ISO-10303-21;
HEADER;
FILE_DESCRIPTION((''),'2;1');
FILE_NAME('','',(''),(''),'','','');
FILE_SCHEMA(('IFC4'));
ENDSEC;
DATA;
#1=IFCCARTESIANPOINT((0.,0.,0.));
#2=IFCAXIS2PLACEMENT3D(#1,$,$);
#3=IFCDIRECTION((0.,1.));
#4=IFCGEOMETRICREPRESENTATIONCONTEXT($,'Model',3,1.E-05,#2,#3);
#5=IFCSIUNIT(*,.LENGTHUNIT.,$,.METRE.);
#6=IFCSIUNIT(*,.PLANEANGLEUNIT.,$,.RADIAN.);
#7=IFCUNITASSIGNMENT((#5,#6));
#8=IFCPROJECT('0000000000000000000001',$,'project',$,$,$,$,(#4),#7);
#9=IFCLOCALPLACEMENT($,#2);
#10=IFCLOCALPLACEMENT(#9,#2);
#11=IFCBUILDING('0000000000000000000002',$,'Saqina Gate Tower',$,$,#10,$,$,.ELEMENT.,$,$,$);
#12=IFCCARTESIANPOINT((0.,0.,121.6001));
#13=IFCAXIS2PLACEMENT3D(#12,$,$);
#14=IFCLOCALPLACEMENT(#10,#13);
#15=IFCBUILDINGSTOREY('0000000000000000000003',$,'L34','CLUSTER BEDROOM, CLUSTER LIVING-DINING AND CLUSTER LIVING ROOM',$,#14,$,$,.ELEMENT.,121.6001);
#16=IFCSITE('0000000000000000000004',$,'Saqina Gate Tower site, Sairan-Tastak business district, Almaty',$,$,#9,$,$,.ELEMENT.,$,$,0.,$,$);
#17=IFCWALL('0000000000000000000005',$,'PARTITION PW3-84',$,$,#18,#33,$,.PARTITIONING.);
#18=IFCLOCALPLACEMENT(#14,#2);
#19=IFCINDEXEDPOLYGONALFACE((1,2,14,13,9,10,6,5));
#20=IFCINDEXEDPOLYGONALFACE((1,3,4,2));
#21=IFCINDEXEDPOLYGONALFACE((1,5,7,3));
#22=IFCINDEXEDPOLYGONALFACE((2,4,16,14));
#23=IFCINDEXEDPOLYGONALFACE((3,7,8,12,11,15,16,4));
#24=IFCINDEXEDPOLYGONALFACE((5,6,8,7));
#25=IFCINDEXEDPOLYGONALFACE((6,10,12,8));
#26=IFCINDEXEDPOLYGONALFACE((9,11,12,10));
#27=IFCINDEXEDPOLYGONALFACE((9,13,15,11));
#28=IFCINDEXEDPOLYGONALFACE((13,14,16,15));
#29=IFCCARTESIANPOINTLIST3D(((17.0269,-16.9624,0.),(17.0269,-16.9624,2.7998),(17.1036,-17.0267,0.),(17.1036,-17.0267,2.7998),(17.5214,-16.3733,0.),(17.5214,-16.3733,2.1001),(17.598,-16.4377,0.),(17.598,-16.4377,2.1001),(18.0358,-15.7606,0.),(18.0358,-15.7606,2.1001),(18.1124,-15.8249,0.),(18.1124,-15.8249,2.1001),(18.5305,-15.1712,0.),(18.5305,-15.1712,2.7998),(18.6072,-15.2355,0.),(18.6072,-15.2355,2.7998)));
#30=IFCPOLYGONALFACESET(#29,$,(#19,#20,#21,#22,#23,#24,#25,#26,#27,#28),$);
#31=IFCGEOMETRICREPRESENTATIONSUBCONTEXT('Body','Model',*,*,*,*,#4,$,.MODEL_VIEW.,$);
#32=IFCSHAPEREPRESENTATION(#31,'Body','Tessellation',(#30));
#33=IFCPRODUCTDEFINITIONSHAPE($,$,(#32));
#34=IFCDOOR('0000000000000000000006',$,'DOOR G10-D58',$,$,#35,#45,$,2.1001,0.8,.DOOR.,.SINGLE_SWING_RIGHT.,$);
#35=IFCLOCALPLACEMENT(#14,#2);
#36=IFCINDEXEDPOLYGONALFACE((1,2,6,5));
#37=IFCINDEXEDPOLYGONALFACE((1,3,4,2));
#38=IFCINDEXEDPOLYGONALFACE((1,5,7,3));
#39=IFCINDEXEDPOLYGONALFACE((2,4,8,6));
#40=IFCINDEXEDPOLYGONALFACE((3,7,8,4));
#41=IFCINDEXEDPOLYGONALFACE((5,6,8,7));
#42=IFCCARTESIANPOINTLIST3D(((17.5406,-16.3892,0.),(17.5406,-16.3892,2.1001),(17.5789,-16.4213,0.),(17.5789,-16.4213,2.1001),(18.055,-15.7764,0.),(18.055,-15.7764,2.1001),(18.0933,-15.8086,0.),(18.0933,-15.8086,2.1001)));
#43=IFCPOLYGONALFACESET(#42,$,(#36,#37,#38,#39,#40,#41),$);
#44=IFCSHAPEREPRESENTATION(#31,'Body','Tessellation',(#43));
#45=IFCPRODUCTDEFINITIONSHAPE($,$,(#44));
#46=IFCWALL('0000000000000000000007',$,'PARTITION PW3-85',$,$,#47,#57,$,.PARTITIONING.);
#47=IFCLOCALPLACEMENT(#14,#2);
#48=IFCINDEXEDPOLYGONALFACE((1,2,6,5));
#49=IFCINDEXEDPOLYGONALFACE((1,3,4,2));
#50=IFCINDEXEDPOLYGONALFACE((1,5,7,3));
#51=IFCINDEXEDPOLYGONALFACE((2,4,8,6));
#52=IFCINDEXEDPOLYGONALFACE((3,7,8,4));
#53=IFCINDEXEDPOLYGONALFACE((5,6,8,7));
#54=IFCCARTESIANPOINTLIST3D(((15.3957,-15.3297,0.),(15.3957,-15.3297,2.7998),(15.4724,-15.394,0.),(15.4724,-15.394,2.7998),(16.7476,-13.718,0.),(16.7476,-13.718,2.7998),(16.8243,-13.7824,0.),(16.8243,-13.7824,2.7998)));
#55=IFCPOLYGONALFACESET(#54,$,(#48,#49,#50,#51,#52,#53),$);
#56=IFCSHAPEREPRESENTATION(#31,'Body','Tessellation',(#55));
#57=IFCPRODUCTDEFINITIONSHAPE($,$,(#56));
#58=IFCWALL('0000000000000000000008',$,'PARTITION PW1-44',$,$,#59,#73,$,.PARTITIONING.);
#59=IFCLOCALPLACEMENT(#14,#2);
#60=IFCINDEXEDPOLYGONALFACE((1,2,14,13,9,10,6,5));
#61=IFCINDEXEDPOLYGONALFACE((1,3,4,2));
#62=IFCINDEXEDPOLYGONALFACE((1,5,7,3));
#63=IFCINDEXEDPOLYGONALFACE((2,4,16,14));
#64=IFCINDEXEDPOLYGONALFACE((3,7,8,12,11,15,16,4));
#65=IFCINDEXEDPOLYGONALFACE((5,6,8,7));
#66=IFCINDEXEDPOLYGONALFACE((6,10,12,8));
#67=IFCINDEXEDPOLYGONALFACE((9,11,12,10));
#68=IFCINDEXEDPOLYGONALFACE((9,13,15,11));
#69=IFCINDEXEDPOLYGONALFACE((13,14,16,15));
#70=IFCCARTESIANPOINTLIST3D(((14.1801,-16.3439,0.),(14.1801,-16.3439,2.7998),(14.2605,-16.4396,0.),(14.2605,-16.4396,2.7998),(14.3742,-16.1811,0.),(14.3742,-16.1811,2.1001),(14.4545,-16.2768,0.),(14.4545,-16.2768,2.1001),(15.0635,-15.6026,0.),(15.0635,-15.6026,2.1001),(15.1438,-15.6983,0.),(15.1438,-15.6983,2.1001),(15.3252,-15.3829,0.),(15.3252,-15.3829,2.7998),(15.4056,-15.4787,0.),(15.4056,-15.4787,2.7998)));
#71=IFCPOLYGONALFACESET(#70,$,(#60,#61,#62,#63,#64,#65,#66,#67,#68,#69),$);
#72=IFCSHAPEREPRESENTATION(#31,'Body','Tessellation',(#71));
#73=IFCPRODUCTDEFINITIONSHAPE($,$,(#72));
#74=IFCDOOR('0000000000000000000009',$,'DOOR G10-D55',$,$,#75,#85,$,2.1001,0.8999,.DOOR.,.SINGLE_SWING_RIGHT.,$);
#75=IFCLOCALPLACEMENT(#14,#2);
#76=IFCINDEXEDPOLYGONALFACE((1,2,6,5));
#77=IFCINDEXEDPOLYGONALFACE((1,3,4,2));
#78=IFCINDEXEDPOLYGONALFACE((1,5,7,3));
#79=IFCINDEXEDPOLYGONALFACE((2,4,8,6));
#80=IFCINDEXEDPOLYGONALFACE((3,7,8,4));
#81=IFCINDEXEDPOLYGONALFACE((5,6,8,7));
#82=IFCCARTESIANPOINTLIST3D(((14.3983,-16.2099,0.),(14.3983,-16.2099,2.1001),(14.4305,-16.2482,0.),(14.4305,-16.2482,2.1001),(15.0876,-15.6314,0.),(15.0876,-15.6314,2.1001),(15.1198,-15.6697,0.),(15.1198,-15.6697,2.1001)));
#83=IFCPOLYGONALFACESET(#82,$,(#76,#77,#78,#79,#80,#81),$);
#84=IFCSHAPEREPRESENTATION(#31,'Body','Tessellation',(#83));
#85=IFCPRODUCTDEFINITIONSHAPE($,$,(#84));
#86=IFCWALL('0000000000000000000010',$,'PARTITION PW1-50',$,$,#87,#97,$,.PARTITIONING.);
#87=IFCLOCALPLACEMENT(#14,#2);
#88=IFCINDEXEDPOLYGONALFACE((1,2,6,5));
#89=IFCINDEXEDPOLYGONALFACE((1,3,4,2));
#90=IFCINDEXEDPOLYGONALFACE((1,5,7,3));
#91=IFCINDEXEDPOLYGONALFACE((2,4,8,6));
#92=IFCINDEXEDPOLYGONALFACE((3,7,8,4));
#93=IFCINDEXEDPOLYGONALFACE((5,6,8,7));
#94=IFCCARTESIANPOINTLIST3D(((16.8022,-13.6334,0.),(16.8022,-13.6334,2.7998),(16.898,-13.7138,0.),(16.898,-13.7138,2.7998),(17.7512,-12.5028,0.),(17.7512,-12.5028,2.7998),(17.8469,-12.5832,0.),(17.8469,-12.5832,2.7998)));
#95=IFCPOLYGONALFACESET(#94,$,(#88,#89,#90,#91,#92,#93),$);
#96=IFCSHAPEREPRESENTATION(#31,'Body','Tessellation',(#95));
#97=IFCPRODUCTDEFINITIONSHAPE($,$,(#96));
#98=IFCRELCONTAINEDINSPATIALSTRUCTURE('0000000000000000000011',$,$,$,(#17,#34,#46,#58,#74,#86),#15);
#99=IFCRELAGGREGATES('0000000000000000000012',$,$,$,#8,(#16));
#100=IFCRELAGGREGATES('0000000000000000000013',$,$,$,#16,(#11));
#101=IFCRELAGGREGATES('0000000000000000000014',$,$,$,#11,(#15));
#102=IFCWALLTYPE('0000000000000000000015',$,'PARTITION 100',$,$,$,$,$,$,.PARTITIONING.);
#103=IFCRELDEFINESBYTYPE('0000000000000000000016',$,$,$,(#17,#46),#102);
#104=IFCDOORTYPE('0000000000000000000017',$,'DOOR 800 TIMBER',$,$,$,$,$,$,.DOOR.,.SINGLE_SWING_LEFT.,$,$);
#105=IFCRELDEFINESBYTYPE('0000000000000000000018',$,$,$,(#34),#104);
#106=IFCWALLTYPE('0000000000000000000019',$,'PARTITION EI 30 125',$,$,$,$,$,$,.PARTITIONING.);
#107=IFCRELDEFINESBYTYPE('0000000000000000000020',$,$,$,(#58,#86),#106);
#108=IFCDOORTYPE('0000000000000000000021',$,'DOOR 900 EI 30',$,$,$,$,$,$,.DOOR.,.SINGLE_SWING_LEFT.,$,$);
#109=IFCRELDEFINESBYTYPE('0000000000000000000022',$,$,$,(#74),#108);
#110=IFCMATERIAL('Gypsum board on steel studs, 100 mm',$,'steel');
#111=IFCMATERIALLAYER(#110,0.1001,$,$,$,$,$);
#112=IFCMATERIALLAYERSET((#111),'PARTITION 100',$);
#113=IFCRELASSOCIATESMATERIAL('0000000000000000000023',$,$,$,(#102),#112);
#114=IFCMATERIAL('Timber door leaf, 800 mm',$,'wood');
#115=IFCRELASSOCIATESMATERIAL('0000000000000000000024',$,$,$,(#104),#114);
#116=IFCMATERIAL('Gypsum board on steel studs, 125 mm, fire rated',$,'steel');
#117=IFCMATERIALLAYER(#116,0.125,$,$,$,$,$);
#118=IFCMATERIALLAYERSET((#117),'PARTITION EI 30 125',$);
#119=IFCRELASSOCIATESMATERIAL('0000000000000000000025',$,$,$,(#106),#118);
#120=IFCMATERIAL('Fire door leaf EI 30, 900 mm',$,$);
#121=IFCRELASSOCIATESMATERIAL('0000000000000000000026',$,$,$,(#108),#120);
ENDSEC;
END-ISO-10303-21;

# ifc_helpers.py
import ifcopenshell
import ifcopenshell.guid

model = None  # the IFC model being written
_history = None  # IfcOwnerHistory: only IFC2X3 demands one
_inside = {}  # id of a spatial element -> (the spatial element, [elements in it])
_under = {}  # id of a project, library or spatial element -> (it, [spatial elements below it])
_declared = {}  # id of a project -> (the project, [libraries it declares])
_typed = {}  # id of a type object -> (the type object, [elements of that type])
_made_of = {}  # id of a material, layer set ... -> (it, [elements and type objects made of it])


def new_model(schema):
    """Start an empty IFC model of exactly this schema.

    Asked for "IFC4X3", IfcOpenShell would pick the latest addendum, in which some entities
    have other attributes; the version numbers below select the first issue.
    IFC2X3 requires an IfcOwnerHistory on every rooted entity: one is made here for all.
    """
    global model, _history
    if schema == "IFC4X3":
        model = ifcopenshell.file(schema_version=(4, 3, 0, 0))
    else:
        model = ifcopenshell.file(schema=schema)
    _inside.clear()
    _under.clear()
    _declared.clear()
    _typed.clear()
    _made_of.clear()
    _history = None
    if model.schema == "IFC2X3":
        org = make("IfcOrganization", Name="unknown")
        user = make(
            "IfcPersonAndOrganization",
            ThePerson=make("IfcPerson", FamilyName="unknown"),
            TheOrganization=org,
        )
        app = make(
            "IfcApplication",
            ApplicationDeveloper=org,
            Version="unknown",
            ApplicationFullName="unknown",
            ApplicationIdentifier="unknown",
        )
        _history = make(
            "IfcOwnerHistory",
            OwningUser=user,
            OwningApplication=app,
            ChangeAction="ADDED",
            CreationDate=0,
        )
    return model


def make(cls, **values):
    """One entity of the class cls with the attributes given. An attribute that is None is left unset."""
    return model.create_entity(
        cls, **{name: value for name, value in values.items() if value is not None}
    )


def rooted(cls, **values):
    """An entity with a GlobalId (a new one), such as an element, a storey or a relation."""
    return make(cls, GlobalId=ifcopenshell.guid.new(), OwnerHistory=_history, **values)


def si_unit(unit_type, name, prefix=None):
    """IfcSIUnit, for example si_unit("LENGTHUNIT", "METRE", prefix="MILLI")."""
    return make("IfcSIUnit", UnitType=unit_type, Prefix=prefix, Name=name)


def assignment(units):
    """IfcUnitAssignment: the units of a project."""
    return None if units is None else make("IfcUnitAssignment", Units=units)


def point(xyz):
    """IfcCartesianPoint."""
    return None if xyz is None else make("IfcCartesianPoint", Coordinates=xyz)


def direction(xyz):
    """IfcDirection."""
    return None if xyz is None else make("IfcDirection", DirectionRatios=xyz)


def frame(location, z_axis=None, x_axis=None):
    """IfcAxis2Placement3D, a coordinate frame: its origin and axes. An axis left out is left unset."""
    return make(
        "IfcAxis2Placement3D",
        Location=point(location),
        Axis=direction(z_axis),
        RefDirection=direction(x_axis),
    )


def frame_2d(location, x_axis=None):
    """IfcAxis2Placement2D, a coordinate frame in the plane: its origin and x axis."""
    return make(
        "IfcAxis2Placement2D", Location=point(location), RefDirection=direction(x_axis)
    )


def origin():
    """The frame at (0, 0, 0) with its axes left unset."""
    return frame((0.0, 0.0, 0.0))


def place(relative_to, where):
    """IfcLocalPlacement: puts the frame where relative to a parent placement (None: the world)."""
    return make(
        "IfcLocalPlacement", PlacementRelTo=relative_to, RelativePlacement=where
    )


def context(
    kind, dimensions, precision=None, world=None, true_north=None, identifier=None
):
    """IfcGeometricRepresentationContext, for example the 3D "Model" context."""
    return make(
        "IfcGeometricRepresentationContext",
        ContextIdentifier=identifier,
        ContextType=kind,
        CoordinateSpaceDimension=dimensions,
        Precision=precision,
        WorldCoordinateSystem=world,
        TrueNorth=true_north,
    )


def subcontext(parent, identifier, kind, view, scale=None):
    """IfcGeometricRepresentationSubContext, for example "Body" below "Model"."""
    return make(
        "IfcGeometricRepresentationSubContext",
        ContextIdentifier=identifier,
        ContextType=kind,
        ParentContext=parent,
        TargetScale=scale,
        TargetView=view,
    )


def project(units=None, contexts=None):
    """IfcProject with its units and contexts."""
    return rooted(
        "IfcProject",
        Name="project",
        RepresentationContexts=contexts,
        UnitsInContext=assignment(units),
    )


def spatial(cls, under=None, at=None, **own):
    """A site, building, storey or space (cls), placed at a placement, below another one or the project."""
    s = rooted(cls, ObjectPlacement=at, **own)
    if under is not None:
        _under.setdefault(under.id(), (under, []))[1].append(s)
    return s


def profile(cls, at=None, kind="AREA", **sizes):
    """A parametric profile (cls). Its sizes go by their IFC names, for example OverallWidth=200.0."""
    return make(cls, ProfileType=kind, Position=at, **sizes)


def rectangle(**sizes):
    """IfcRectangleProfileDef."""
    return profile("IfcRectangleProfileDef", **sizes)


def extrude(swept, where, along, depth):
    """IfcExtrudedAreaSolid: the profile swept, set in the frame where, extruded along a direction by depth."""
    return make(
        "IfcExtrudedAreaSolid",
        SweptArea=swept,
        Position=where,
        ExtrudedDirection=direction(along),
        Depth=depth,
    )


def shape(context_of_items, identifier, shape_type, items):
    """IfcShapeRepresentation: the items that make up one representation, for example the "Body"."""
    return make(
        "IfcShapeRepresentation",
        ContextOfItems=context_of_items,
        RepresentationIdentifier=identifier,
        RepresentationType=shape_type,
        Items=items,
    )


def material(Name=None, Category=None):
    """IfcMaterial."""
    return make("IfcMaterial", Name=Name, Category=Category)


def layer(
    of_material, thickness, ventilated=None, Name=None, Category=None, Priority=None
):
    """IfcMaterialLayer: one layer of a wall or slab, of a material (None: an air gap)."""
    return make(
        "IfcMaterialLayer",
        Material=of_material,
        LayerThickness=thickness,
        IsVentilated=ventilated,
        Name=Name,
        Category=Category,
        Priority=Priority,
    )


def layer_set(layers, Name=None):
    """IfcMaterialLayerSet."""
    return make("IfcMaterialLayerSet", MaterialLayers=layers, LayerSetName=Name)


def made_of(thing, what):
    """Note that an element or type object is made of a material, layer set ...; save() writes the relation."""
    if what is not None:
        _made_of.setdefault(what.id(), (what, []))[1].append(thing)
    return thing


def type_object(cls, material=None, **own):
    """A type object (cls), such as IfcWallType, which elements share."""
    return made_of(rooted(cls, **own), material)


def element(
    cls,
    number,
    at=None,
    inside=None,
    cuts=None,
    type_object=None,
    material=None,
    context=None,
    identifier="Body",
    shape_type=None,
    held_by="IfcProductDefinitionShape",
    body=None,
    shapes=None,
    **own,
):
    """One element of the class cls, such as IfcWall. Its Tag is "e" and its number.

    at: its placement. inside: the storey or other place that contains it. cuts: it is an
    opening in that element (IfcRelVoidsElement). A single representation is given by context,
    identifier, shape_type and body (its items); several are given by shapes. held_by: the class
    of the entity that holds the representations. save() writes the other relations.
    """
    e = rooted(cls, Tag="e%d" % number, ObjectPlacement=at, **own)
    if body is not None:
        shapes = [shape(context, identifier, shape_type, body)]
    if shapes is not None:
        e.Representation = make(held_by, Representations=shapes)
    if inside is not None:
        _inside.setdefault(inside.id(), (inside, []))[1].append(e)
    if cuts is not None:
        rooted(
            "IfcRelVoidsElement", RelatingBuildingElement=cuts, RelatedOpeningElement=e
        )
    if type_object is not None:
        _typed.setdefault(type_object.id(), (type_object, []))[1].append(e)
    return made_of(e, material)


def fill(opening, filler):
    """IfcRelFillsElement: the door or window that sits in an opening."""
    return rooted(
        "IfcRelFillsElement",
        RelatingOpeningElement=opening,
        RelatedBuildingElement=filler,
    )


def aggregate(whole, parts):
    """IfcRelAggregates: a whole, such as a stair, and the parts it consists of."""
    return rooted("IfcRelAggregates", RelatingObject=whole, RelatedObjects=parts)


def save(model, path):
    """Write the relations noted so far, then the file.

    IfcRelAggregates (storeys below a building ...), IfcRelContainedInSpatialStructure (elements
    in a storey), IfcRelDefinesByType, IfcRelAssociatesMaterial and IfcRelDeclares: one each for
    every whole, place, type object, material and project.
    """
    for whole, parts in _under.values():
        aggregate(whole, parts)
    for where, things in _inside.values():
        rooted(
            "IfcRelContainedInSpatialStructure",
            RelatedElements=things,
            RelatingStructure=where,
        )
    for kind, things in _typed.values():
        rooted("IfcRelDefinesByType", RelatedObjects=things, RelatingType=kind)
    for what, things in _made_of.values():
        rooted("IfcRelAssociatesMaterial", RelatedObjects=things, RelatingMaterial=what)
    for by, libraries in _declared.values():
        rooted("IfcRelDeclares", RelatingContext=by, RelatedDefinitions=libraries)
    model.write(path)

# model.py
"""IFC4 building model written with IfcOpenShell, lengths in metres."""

from ifc_helpers import new_model, si_unit, direction, frame, frame_2d, origin, place, context, subcontext, project, spatial, rectangle, extrude, material, layer, layer_set, type_object, element, fill, save


model = new_model("IFC4")

# Units and contexts
model_context = context("Model", 3, precision=1e-05, world=origin(), true_north=direction((0.0, 1.0)))
body_context = subcontext(model_context, "Body", "Model", "MODEL_VIEW")
ifc_project = project(units=[si_unit("LENGTHUNIT", "METRE"), si_unit("PLANEANGLEUNIT", "RADIAN")], contexts=[model_context])

# Site, building, storey
site_placement = place(None, origin())
site = spatial("IfcSite", under=ifc_project, at=site_placement, Name="Saqina Gate Tower site, Sairan-Tastak business district, Almaty", CompositionType="ELEMENT", RefElevation=0.0)
building_placement = place(site_placement, origin())
building = spatial("IfcBuilding", under=site, at=building_placement, Name="Saqina Gate Tower", CompositionType="ELEMENT")
storey_placement = place(building_placement, frame((0.0, 0.0, 121.6001)))
storey = spatial("IfcBuildingStorey", under=building, at=storey_placement, Name="L34", Description="CLUSTER BEDROOM, CLUSTER LIVING-DINING AND CLUSTER LIVING ROOM", CompositionType="ELEMENT", Elevation=121.6001)

# Shared definitions
ifc_material_1 = material(Name="Gypsum board on steel studs, 100 mm", Category="steel")
ifc_layer_1 = layer(ifc_material_1, 0.1001)
ifc_layer_set_1 = layer_set([ifc_layer_1], Name="PARTITION 100")
wall_type_1 = type_object("IfcWallType", Name="PARTITION 100", PredefinedType="PARTITIONING", material=ifc_layer_set_1)

# Wall, opening, door
wall_1_placement = place(storey_placement, frame((17.0652, -16.9946, 0.0), z_axis=(0.0, 0.0, 1.0), x_axis=(0.642942, 0.765915, 0.0)))
wall_1 = element("IfcWall", 1, at=wall_1_placement, inside=storey, type_object=wall_type_1, Name="PARTITION PW3-84", PredefinedType="PARTITIONING", context=body_context, shape_type="SweptSolid", body=[
    extrude(rectangle(XDim=2.3386, YDim=0.1001, at=frame_2d((1.1694, 0.0))), origin(), (0.0, 0.0, 1.0), 2.7998),
])
opening_1_placement = place(wall_1_placement, frame((0.7693, 0.0, 0.0)))
opening_1 = element("IfcOpeningElement", 2, at=opening_1_placement, cuts=wall_1, PredefinedType="OPENING", context=body_context, shape_type="SweptSolid", body=[
    extrude(rectangle(XDim=0.8, YDim=2.1001, at=frame_2d((0.3999, 1.05))), frame((0.0, 0.062, 0.0), z_axis=(0.0, -1.0, 0.0), x_axis=(1.0, 0.0, 0.0)), (0.0, 0.0, 1.0), 0.124),
])
ifc_material_2 = material(Name="Timber door leaf, 800 mm", Category="wood")
door_type_1 = type_object("IfcDoorType", Name="DOOR 800 TIMBER", OperationType="SINGLE_SWING_LEFT", PredefinedType="DOOR", material=ifc_material_2)
door_1_placement = place(opening_1_placement, frame((0.8, 0.0, 0.0), z_axis=(0.0, 0.0, 1.0), x_axis=(-1.0, 0.0, 0.0)))
door_1 = element("IfcDoor", 3, at=door_1_placement, inside=storey, type_object=door_type_1, Name="DOOR G10-D58", OperationType="SINGLE_SWING_RIGHT", OverallHeight=2.1001, OverallWidth=0.8, PredefinedType="DOOR", context=body_context, shape_type="SweptSolid", body=[
    extrude(rectangle(XDim=0.8, YDim=2.1001, at=frame_2d((0.3999, 1.05))), frame((0.0, 0.0249, 0.0), z_axis=(0.0, -1.0, 0.0), x_axis=(1.0, 0.0, 0.0)), (0.0, 0.0, 1.0), 0.05),
])
fill(opening_1, door_1)

# Wall
wall_2_placement = place(storey_placement, frame((15.4341, -15.3618, 0.0), z_axis=(0.0, 0.0, 1.0), x_axis=(0.642658, 0.766153, 0.0)))
element("IfcWall", 4, at=wall_2_placement, inside=storey, type_object=wall_type_1, Name="PARTITION PW3-85", PredefinedType="PARTITIONING", context=body_context, shape_type="SweptSolid", body=[
    extrude(rectangle(XDim=2.1035, YDim=0.1001, at=frame_2d((1.0518, 0.0))), origin(), (0.0, 0.0, 1.0), 2.7998),
])

# Wall, opening, door
ifc_material_3 = material(Name="Gypsum board on steel studs, 125 mm, fire rated", Category="steel")
ifc_layer_2 = layer(ifc_material_3, 0.125)
ifc_layer_set_2 = layer_set([ifc_layer_2], Name="PARTITION EI 30 125")
wall_type_2 = type_object("IfcWallType", Name="PARTITION EI 30 125", PredefinedType="PARTITIONING", material=ifc_layer_set_2)
wall_3_placement = place(storey_placement, frame((14.2202, -16.3918, 0.0), z_axis=(0.0, 0.0, 1.0), x_axis=(0.765994, 0.642847, 0.0)))
wall_3 = element("IfcWall", 5, at=wall_3_placement, inside=storey, type_object=wall_type_2, Name="PARTITION PW1-44", PredefinedType="PARTITIONING", context=body_context, shape_type="SweptSolid", body=[
    extrude(rectangle(XDim=1.4949, YDim=0.125, at=frame_2d((0.7476, 0.0))), origin(), (0.0, 0.0, 1.0), 2.7998),
])
opening_2_placement = place(wall_3_placement, frame((0.2534, 0.0, 0.0)))
opening_2 = element("IfcOpeningElement", 6, at=opening_2_placement, cuts=wall_3, PredefinedType="OPENING", context=body_context, shape_type="SweptSolid", body=[
    extrude(rectangle(XDim=0.8999, YDim=2.1001, at=frame_2d((0.45, 1.05))), frame((0.0, 0.0745, 0.0), z_axis=(0.0, -1.0, 0.0), x_axis=(1.0, 0.0, 0.0)), (0.0, 0.0, 1.0), 0.1489),
])
ifc_material_4 = material(Name="Fire door leaf EI 30, 900 mm")
door_type_2 = type_object("IfcDoorType", Name="DOOR 900 EI 30", OperationType="SINGLE_SWING_LEFT", PredefinedType="DOOR", material=ifc_material_4)
door_2_placement = place(opening_2_placement, origin())
door_2 = element("IfcDoor", 7, at=door_2_placement, inside=storey, type_object=door_type_2, Name="DOOR G10-D55", OperationType="SINGLE_SWING_RIGHT", OverallHeight=2.1001, OverallWidth=0.8999, PredefinedType="DOOR", context=body_context, shape_type="SweptSolid", body=[
    extrude(rectangle(XDim=0.8999, YDim=2.1001, at=frame_2d((0.45, 1.05))), frame((0.0, 0.0249, 0.0), z_axis=(0.0, -1.0, 0.0), x_axis=(1.0, 0.0, 0.0)), (0.0, 0.0, 1.0), 0.05),
])
fill(opening_2, door_2)

# Wall
wall_4_placement = place(storey_placement, frame((16.8501, -13.6736, 0.0), z_axis=(0.0, 0.0, 1.0), x_axis=(0.642897, 0.765952, 0.0)))
element("IfcWall", 8, at=wall_4_placement, inside=storey, type_object=wall_type_2, Name="PARTITION PW1-50", PredefinedType="PARTITIONING", context=body_context, shape_type="SweptSolid", body=[
    extrude(rectangle(XDim=1.4761, YDim=0.125, at=frame_2d((0.738, 0.0))), origin(), (0.0, 0.0, 1.0), 2.7998),
])

save(model, "model.ifc")
